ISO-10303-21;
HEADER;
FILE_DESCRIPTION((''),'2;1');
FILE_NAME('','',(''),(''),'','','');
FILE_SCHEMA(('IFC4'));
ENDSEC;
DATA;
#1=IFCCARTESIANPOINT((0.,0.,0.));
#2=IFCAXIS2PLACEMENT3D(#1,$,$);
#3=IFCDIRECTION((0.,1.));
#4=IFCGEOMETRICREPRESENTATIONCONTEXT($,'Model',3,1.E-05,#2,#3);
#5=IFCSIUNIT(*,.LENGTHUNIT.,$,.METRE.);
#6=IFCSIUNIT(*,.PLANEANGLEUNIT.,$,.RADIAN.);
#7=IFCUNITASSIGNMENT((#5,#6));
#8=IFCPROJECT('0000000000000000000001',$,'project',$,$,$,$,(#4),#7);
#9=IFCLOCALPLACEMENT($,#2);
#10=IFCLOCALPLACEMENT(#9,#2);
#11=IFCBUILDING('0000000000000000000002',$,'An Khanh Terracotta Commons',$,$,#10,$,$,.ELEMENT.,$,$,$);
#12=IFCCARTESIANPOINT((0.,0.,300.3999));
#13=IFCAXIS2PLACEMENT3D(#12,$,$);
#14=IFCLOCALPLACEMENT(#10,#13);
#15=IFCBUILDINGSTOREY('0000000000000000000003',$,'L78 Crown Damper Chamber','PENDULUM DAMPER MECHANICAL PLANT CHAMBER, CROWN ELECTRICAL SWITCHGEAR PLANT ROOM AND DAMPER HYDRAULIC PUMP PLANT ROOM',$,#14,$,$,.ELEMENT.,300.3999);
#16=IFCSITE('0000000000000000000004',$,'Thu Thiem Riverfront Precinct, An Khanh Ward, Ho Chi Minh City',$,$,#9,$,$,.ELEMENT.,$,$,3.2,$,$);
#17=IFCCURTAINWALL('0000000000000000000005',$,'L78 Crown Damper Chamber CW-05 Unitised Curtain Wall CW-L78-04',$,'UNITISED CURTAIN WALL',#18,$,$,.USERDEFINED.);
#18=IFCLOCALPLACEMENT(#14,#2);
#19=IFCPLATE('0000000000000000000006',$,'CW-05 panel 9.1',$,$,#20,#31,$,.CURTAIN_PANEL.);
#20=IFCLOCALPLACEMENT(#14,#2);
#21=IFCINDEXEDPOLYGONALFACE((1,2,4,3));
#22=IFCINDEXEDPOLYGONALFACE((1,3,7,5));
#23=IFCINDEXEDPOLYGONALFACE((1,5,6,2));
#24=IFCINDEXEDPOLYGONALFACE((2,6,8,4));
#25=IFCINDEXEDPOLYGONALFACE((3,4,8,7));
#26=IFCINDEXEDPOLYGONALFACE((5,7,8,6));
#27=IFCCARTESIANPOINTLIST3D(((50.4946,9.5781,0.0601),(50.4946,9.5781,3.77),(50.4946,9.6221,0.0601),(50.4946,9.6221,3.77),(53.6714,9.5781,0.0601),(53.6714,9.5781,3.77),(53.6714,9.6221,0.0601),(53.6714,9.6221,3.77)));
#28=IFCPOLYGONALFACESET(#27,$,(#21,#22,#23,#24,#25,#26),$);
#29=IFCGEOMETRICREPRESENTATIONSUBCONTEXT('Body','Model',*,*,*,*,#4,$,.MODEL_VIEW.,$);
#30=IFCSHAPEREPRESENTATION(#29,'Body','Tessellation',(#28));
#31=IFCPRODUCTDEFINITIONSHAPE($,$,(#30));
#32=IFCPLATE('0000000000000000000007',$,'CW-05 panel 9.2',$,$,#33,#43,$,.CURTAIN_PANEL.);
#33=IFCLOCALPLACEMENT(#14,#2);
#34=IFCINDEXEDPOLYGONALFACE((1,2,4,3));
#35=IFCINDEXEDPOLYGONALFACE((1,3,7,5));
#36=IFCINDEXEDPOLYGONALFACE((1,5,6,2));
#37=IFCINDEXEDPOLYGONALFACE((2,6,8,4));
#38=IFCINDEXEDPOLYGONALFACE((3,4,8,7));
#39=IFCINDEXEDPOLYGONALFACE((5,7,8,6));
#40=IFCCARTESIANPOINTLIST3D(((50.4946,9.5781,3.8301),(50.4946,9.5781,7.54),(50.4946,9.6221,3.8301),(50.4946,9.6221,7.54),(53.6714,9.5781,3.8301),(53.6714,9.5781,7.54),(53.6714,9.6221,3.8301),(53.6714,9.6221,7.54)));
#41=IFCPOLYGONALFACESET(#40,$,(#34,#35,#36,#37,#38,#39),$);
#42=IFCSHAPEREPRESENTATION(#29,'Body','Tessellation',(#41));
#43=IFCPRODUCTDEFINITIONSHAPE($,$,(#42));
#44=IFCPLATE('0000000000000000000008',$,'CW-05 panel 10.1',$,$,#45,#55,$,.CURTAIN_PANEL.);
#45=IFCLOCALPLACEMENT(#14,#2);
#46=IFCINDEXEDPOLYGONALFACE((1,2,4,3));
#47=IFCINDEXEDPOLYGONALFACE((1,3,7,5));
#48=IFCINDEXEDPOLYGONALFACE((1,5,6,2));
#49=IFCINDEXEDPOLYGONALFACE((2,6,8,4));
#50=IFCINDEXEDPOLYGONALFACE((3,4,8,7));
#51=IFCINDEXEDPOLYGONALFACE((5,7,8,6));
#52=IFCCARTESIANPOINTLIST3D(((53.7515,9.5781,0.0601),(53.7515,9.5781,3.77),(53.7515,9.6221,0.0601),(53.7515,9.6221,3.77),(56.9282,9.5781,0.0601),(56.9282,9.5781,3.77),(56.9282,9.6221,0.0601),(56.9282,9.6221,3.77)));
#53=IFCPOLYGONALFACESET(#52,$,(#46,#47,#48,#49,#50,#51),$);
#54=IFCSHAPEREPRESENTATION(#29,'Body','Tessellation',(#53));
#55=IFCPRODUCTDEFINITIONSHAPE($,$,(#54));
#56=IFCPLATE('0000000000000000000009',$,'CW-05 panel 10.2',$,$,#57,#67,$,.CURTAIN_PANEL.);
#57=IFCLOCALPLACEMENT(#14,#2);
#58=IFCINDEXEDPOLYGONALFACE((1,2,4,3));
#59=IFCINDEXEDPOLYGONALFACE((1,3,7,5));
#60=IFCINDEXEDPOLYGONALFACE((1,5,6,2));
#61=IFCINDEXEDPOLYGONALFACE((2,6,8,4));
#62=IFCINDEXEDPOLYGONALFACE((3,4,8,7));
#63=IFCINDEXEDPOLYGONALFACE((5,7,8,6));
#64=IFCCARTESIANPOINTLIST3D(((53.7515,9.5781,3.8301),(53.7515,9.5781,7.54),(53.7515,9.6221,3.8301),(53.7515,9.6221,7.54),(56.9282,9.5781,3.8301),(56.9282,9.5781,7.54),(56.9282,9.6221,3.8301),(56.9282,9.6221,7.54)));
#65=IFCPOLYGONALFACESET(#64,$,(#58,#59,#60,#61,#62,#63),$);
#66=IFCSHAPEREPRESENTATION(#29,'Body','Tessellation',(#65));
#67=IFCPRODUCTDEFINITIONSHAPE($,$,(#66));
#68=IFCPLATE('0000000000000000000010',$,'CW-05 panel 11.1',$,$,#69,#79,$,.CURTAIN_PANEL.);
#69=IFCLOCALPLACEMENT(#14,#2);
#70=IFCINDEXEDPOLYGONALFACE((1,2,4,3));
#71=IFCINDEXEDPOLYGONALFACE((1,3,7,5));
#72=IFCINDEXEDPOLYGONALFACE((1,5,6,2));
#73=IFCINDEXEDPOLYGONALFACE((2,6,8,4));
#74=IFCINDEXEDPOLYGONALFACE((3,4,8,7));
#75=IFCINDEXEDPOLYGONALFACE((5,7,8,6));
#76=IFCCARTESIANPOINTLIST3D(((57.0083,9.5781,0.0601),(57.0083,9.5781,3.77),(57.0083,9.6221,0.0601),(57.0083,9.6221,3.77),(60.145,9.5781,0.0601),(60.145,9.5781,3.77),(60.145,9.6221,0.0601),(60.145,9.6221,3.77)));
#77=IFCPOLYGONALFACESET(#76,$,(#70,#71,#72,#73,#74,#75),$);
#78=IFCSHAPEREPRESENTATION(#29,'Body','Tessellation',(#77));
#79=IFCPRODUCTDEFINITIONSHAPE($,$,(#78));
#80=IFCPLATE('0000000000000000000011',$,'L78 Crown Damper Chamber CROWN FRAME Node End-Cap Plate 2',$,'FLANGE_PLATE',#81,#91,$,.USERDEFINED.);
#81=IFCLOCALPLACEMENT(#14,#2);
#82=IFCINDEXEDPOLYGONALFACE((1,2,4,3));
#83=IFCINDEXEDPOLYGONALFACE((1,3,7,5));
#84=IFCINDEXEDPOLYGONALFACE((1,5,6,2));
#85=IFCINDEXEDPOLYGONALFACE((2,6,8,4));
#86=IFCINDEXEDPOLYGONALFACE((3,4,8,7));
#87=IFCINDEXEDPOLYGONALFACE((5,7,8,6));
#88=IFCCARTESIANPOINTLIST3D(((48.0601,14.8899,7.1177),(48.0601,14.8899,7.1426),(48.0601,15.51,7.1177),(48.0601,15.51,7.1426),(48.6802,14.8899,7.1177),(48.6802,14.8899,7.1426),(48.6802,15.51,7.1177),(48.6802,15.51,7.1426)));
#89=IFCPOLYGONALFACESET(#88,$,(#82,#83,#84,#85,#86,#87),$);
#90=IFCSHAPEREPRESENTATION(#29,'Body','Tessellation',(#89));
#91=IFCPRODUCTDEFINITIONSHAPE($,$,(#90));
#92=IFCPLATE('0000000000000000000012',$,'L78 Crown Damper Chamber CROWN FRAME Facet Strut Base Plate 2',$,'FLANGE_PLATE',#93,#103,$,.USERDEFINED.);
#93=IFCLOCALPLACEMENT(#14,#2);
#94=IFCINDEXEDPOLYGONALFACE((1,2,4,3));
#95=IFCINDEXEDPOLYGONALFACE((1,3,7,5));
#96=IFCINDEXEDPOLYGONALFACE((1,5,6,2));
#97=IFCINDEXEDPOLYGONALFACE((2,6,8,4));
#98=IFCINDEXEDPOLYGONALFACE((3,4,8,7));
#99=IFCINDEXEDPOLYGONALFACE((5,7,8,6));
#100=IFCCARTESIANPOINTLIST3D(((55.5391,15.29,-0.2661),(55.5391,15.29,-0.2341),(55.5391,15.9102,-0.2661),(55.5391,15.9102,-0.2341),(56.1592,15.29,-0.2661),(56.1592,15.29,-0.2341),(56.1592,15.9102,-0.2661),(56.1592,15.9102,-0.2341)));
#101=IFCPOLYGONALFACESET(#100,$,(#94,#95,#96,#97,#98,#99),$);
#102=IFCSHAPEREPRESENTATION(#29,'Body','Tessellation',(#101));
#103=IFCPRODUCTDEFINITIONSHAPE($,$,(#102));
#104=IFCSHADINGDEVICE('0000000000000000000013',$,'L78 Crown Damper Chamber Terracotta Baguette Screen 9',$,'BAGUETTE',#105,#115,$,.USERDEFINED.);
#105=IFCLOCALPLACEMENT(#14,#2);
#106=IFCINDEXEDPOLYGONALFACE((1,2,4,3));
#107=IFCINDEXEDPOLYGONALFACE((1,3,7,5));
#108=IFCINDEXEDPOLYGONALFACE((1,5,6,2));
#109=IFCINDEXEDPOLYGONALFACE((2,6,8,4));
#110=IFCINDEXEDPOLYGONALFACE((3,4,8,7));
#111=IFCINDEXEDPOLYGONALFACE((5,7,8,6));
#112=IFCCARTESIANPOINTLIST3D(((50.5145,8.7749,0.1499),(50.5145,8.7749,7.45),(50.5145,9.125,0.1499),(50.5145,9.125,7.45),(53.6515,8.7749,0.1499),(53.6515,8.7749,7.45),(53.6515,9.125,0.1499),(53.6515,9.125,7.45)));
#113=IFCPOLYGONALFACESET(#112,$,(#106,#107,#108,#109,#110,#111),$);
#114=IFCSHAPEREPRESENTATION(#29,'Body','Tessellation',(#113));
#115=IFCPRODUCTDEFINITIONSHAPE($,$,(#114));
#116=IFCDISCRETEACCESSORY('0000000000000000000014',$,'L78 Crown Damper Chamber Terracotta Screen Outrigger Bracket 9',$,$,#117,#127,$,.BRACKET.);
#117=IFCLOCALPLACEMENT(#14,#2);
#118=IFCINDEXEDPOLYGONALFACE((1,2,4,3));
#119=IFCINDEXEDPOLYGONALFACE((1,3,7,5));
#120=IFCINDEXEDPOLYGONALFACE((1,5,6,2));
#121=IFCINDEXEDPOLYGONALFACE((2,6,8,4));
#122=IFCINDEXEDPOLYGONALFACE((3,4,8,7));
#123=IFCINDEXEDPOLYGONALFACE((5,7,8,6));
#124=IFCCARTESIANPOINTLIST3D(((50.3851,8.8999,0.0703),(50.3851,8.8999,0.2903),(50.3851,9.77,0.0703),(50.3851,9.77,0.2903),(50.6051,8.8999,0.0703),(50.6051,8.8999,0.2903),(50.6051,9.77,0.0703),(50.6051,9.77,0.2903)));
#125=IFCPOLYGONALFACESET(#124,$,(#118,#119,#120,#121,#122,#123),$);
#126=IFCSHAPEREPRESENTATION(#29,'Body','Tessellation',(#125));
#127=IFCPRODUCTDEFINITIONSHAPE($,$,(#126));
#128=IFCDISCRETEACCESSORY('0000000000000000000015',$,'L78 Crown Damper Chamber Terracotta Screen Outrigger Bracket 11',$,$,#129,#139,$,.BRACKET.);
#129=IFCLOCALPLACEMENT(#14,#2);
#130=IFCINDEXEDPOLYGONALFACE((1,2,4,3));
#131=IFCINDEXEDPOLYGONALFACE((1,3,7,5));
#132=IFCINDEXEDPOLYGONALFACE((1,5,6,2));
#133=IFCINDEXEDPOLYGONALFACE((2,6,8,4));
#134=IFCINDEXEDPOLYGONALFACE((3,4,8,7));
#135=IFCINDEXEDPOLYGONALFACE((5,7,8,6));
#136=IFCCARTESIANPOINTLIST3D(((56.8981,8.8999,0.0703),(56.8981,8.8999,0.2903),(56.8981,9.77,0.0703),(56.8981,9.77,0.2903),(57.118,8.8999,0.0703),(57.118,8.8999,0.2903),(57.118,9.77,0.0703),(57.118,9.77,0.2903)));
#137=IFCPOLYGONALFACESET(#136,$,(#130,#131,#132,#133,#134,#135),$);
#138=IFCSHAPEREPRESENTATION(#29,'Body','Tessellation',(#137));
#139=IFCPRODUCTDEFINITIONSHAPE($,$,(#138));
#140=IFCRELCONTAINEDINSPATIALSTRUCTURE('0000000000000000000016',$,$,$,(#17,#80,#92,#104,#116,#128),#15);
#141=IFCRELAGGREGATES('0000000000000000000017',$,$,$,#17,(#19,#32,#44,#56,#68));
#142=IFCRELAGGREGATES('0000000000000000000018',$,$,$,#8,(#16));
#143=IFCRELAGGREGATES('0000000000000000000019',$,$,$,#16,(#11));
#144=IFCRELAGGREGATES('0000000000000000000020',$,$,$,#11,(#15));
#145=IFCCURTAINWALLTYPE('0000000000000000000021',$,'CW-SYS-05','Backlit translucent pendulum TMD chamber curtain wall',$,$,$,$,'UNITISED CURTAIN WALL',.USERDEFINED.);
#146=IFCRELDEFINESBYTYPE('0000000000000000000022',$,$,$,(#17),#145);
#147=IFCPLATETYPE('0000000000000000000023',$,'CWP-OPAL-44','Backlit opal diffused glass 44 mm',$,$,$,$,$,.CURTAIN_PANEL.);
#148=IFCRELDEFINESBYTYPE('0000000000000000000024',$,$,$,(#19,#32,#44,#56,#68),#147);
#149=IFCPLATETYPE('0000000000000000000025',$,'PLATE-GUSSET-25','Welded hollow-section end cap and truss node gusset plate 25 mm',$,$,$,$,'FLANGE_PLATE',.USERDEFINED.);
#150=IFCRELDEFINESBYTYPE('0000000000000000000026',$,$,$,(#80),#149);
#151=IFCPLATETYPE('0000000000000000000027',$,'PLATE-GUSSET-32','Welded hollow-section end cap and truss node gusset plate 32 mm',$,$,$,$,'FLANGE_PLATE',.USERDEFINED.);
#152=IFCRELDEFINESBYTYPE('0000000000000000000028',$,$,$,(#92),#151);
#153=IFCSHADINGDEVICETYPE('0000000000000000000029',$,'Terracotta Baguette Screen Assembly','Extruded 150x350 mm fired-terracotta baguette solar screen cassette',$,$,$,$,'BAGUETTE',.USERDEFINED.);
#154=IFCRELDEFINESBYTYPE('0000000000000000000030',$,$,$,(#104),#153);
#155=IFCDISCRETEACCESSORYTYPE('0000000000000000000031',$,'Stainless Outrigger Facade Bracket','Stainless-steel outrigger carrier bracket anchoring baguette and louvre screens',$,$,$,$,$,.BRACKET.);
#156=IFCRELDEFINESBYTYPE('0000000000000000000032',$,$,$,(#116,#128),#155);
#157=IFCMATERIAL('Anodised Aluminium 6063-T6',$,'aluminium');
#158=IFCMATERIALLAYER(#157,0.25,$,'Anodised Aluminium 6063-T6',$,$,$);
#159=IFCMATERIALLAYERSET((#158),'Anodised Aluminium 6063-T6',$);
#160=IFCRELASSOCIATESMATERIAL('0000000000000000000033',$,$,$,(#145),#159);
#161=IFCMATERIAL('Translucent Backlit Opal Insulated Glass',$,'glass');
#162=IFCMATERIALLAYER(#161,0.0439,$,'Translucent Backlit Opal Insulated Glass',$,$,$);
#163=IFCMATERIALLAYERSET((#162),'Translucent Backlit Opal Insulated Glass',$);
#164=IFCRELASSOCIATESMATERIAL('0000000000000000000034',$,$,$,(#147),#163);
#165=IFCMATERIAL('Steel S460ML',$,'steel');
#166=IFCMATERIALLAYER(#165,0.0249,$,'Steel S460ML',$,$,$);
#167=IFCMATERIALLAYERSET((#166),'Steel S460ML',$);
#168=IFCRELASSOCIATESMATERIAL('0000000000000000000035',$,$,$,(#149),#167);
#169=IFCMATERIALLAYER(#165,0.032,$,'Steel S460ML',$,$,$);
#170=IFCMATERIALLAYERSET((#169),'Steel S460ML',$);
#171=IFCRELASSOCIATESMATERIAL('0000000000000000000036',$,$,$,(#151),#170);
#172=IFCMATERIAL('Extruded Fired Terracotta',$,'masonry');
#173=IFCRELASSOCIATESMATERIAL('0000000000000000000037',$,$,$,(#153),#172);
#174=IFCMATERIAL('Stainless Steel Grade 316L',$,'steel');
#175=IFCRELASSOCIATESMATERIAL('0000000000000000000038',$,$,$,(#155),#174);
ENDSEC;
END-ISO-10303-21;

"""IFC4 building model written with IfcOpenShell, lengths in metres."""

from ifc_helpers import new_model, si_unit, direction, frame, origin, origin_2d, place, context, subcontext, project, spatial, rectangle, extrude, material, layer, layer_set, type_object, element, aggregate, save


model = new_model("IFC4")

# Units and contexts
model_context = context("Model", 3, precision=1e-05, world=origin(), true_north=direction((0.0, 1.0)))
body_context = subcontext(model_context, "Body", "Model", "MODEL_VIEW")
ifc_project = project(units=[si_unit("LENGTHUNIT", "METRE"), si_unit("PLANEANGLEUNIT", "RADIAN")], contexts=[model_context])

# Site, building, storey
site_placement = place(None, origin())
site = spatial("IfcSite", under=ifc_project, at=site_placement, Name="Thu Thiem Riverfront Precinct, An Khanh Ward, Ho Chi Minh City", CompositionType="ELEMENT", RefElevation=3.2)
building_placement = place(site_placement, origin())
building = spatial("IfcBuilding", under=site, at=building_placement, Name="An Khanh Terracotta Commons", CompositionType="ELEMENT")
storey_placement = place(building_placement, frame((0.0, 0.0, 300.3999)))
storey = spatial("IfcBuildingStorey", under=building, at=storey_placement, Name="L78 Crown Damper Chamber", Description="PENDULUM DAMPER MECHANICAL PLANT CHAMBER, CROWN ELECTRICAL SWITCHGEAR PLANT ROOM AND DAMPER HYDRAULIC PUMP PLANT ROOM", CompositionType="ELEMENT", Elevation=300.3999)

# Shared definitions
ifc_material_1 = material(Name="Steel S460ML", Category="steel")

# Curtain wall
ifc_material_2 = material(Name="Anodised Aluminium 6063-T6", Category="aluminium")
ifc_layer_1 = layer(ifc_material_2, 0.25, Name="Anodised Aluminium 6063-T6")
ifc_layer_set_1 = layer_set([ifc_layer_1], Name="Anodised Aluminium 6063-T6")
curtain_wall_type = type_object("IfcCurtainWallType", Name="CW-SYS-05", Description="Backlit translucent pendulum TMD chamber curtain wall", ElementType="UNITISED CURTAIN WALL", PredefinedType="USERDEFINED", material=ifc_layer_set_1)
curtain_wall_placement = place(storey_placement, origin())
curtain_wall = element("IfcCurtainWall", 1, at=curtain_wall_placement, inside=storey, type_object=curtain_wall_type, Name="L78 Crown Damper Chamber CW-05 Unitised Curtain Wall CW-L78-04", ObjectType="UNITISED CURTAIN WALL", PredefinedType="USERDEFINED")

# Plates
ifc_material_3 = material(Name="Translucent Backlit Opal Insulated Glass", Category="glass")
ifc_layer_2 = layer(ifc_material_3, 0.0439, Name="Translucent Backlit Opal Insulated Glass")
ifc_layer_set_2 = layer_set([ifc_layer_2], Name="Translucent Backlit Opal Insulated Glass")
plate_type_1 = type_object("IfcPlateType", Name="CWP-OPAL-44", Description="Backlit opal diffused glass 44 mm", PredefinedType="CURTAIN_PANEL", material=ifc_layer_set_2)
plate_1_placement = place(storey_placement, frame((52.083, 9.6001, 0.0601), z_axis=(0.0, 0.0, 1.0), x_axis=(1.0, 0.0, 0.0)))
plate_1 = element("IfcPlate", 2, at=plate_1_placement, type_object=plate_type_1, Name="CW-05 panel 9.1", PredefinedType="CURTAIN_PANEL", context=body_context, shape_type="SweptSolid", body=[
    extrude(rectangle(XDim=3.1768, YDim=0.0439, at=origin_2d()), origin(), (0.0, 0.0, 1.0), 3.71),
])
plate_2_placement = place(storey_placement, frame((52.083, 9.6001, 3.8301), z_axis=(0.0, 0.0, 1.0), x_axis=(1.0, 0.0, 0.0)))
plate_2 = element("IfcPlate", 3, at=plate_2_placement, type_object=plate_type_1, Name="CW-05 panel 9.2", PredefinedType="CURTAIN_PANEL", context=body_context, shape_type="SweptSolid", body=[
    extrude(rectangle(XDim=3.1768, YDim=0.0439, at=origin_2d()), origin(), (0.0, 0.0, 1.0), 3.71),
])
plate_3_placement = place(storey_placement, frame((55.3398, 9.6001, 0.0601), z_axis=(0.0, 0.0, 1.0), x_axis=(1.0, 0.0, 0.0)))
plate_3 = element("IfcPlate", 4, at=plate_3_placement, type_object=plate_type_1, Name="CW-05 panel 10.1", PredefinedType="CURTAIN_PANEL", context=body_context, shape_type="SweptSolid", body=[
    extrude(rectangle(XDim=3.1768, YDim=0.0439, at=origin_2d()), origin(), (0.0, 0.0, 1.0), 3.71),
])
plate_4_placement = place(storey_placement, frame((55.3398, 9.6001, 3.8301), z_axis=(0.0, 0.0, 1.0), x_axis=(1.0, 0.0, 0.0)))
plate_4 = element("IfcPlate", 5, at=plate_4_placement, type_object=plate_type_1, Name="CW-05 panel 10.2", PredefinedType="CURTAIN_PANEL", context=body_context, shape_type="SweptSolid", body=[
    extrude(rectangle(XDim=3.1768, YDim=0.0439, at=origin_2d()), origin(), (0.0, 0.0, 1.0), 3.71),
])
plate_5_placement = place(storey_placement, frame((58.5767, 9.6001, 0.0601), z_axis=(0.0, 0.0, 1.0), x_axis=(1.0, 0.0, 0.0)))
plate_5 = element("IfcPlate", 6, at=plate_5_placement, type_object=plate_type_1, Name="CW-05 panel 11.1", PredefinedType="CURTAIN_PANEL", context=body_context, shape_type="SweptSolid", body=[
    extrude(rectangle(XDim=3.1367, YDim=0.0439, at=origin_2d()), origin(), (0.0, 0.0, 1.0), 3.71),
])
aggregate(curtain_wall, [plate_1, plate_2, plate_3, plate_4, plate_5])

# Plates
ifc_layer_3 = layer(ifc_material_1, 0.0249, Name="Steel S460ML")
ifc_layer_set_3 = layer_set([ifc_layer_3], Name="Steel S460ML")
plate_type_2 = type_object("IfcPlateType", Name="PLATE-GUSSET-25", Description="Welded hollow-section end cap and truss node gusset plate 25 mm", ElementType="FLANGE_PLATE", PredefinedType="USERDEFINED", material=ifc_layer_set_3)
plate_6_placement = place(storey_placement, frame((48.3701, 15.2, 7.1177), z_axis=(0.0, 0.0, 1.0), x_axis=(1.0, 0.0, 0.0)))
element("IfcPlate", 7, at=plate_6_placement, inside=storey, type_object=plate_type_2, Name="L78 Crown Damper Chamber CROWN FRAME Node End-Cap Plate 2", ObjectType="FLANGE_PLATE", PredefinedType="USERDEFINED", context=body_context, shape_type="SweptSolid", body=[
    extrude(rectangle(XDim=0.6201, YDim=0.6201, at=origin_2d()), origin(), (0.0, 0.0, 1.0), 0.0249),
])
ifc_layer_4 = layer(ifc_material_1, 0.032, Name="Steel S460ML")
ifc_layer_set_4 = layer_set([ifc_layer_4], Name="Steel S460ML")
plate_type_3 = type_object("IfcPlateType", Name="PLATE-GUSSET-32", Description="Welded hollow-section end cap and truss node gusset plate 32 mm", ElementType="FLANGE_PLATE", PredefinedType="USERDEFINED", material=ifc_layer_set_4)
plate_7_placement = place(storey_placement, frame((55.8491, 15.6001, -0.2661), z_axis=(0.0, 0.0, 1.0), x_axis=(1.0, 0.0, 0.0)))
element("IfcPlate", 8, at=plate_7_placement, inside=storey, type_object=plate_type_3, Name="L78 Crown Damper Chamber CROWN FRAME Facet Strut Base Plate 2", ObjectType="FLANGE_PLATE", PredefinedType="USERDEFINED", context=body_context, shape_type="SweptSolid", body=[
    extrude(rectangle(XDim=0.6201, YDim=0.6201, at=origin_2d()), origin(), (0.0, 0.0, 1.0), 0.032),
])

# Shading device
ifc_material_4 = material(Name="Extruded Fired Terracotta", Category="masonry")
shading_device_type = type_object("IfcShadingDeviceType", Name="Terracotta Baguette Screen Assembly", Description="Extruded 150x350 mm fired-terracotta baguette solar screen cassette", ElementType="BAGUETTE", PredefinedType="USERDEFINED", material=ifc_material_4)
shading_device_placement = place(storey_placement, frame((52.083, 8.95, 0.1499), z_axis=(0.0, 0.0, 1.0), x_axis=(1.0, 0.0, 0.0)))
element("IfcShadingDevice", 9, at=shading_device_placement, inside=storey, type_object=shading_device_type, Name="L78 Crown Damper Chamber Terracotta Baguette Screen 9", ObjectType="BAGUETTE", PredefinedType="USERDEFINED", context=body_context, shape_type="SweptSolid", body=[
    extrude(rectangle(XDim=3.137, YDim=0.3501, at=origin_2d()), origin(), (0.0, 0.0, 1.0), 7.3),
])

# Discrete accessories
ifc_material_5 = material(Name="Stainless Steel Grade 316L", Category="steel")
discrete_accessory_type = type_object("IfcDiscreteAccessoryType", Name="Stainless Outrigger Facade Bracket", Description="Stainless-steel outrigger carrier bracket anchoring baguette and louvre screens", PredefinedType="BRACKET", material=ifc_material_5)
for number, where, z_axis, x_axis, name in (
    (10, (50.4951, 9.335, 0.0703), (0.0, 0.0, 1.0), (1.0, 0.0, 0.0), "L78 Crown Damper Chamber Terracotta Screen Outrigger Bracket 9"),
    (11, (57.0081, 9.335, 0.0703), (0.0, 0.0, 1.0), (1.0, 0.0, 0.0), "L78 Crown Damper Chamber Terracotta Screen Outrigger Bracket 11"),
):
    element("IfcDiscreteAccessory", number, at=place(storey_placement, frame(where, z_axis=z_axis, x_axis=x_axis)), inside=storey, type_object=discrete_accessory_type, Name=name, PredefinedType="BRACKET", context=body_context, shape_type="SweptSolid", body=[
        extrude(rectangle(XDim=0.22, YDim=0.8701, at=origin_2d()), origin(), (0.0, 0.0, 1.0), 0.22),
    ])

save(model, "model.ifc")
